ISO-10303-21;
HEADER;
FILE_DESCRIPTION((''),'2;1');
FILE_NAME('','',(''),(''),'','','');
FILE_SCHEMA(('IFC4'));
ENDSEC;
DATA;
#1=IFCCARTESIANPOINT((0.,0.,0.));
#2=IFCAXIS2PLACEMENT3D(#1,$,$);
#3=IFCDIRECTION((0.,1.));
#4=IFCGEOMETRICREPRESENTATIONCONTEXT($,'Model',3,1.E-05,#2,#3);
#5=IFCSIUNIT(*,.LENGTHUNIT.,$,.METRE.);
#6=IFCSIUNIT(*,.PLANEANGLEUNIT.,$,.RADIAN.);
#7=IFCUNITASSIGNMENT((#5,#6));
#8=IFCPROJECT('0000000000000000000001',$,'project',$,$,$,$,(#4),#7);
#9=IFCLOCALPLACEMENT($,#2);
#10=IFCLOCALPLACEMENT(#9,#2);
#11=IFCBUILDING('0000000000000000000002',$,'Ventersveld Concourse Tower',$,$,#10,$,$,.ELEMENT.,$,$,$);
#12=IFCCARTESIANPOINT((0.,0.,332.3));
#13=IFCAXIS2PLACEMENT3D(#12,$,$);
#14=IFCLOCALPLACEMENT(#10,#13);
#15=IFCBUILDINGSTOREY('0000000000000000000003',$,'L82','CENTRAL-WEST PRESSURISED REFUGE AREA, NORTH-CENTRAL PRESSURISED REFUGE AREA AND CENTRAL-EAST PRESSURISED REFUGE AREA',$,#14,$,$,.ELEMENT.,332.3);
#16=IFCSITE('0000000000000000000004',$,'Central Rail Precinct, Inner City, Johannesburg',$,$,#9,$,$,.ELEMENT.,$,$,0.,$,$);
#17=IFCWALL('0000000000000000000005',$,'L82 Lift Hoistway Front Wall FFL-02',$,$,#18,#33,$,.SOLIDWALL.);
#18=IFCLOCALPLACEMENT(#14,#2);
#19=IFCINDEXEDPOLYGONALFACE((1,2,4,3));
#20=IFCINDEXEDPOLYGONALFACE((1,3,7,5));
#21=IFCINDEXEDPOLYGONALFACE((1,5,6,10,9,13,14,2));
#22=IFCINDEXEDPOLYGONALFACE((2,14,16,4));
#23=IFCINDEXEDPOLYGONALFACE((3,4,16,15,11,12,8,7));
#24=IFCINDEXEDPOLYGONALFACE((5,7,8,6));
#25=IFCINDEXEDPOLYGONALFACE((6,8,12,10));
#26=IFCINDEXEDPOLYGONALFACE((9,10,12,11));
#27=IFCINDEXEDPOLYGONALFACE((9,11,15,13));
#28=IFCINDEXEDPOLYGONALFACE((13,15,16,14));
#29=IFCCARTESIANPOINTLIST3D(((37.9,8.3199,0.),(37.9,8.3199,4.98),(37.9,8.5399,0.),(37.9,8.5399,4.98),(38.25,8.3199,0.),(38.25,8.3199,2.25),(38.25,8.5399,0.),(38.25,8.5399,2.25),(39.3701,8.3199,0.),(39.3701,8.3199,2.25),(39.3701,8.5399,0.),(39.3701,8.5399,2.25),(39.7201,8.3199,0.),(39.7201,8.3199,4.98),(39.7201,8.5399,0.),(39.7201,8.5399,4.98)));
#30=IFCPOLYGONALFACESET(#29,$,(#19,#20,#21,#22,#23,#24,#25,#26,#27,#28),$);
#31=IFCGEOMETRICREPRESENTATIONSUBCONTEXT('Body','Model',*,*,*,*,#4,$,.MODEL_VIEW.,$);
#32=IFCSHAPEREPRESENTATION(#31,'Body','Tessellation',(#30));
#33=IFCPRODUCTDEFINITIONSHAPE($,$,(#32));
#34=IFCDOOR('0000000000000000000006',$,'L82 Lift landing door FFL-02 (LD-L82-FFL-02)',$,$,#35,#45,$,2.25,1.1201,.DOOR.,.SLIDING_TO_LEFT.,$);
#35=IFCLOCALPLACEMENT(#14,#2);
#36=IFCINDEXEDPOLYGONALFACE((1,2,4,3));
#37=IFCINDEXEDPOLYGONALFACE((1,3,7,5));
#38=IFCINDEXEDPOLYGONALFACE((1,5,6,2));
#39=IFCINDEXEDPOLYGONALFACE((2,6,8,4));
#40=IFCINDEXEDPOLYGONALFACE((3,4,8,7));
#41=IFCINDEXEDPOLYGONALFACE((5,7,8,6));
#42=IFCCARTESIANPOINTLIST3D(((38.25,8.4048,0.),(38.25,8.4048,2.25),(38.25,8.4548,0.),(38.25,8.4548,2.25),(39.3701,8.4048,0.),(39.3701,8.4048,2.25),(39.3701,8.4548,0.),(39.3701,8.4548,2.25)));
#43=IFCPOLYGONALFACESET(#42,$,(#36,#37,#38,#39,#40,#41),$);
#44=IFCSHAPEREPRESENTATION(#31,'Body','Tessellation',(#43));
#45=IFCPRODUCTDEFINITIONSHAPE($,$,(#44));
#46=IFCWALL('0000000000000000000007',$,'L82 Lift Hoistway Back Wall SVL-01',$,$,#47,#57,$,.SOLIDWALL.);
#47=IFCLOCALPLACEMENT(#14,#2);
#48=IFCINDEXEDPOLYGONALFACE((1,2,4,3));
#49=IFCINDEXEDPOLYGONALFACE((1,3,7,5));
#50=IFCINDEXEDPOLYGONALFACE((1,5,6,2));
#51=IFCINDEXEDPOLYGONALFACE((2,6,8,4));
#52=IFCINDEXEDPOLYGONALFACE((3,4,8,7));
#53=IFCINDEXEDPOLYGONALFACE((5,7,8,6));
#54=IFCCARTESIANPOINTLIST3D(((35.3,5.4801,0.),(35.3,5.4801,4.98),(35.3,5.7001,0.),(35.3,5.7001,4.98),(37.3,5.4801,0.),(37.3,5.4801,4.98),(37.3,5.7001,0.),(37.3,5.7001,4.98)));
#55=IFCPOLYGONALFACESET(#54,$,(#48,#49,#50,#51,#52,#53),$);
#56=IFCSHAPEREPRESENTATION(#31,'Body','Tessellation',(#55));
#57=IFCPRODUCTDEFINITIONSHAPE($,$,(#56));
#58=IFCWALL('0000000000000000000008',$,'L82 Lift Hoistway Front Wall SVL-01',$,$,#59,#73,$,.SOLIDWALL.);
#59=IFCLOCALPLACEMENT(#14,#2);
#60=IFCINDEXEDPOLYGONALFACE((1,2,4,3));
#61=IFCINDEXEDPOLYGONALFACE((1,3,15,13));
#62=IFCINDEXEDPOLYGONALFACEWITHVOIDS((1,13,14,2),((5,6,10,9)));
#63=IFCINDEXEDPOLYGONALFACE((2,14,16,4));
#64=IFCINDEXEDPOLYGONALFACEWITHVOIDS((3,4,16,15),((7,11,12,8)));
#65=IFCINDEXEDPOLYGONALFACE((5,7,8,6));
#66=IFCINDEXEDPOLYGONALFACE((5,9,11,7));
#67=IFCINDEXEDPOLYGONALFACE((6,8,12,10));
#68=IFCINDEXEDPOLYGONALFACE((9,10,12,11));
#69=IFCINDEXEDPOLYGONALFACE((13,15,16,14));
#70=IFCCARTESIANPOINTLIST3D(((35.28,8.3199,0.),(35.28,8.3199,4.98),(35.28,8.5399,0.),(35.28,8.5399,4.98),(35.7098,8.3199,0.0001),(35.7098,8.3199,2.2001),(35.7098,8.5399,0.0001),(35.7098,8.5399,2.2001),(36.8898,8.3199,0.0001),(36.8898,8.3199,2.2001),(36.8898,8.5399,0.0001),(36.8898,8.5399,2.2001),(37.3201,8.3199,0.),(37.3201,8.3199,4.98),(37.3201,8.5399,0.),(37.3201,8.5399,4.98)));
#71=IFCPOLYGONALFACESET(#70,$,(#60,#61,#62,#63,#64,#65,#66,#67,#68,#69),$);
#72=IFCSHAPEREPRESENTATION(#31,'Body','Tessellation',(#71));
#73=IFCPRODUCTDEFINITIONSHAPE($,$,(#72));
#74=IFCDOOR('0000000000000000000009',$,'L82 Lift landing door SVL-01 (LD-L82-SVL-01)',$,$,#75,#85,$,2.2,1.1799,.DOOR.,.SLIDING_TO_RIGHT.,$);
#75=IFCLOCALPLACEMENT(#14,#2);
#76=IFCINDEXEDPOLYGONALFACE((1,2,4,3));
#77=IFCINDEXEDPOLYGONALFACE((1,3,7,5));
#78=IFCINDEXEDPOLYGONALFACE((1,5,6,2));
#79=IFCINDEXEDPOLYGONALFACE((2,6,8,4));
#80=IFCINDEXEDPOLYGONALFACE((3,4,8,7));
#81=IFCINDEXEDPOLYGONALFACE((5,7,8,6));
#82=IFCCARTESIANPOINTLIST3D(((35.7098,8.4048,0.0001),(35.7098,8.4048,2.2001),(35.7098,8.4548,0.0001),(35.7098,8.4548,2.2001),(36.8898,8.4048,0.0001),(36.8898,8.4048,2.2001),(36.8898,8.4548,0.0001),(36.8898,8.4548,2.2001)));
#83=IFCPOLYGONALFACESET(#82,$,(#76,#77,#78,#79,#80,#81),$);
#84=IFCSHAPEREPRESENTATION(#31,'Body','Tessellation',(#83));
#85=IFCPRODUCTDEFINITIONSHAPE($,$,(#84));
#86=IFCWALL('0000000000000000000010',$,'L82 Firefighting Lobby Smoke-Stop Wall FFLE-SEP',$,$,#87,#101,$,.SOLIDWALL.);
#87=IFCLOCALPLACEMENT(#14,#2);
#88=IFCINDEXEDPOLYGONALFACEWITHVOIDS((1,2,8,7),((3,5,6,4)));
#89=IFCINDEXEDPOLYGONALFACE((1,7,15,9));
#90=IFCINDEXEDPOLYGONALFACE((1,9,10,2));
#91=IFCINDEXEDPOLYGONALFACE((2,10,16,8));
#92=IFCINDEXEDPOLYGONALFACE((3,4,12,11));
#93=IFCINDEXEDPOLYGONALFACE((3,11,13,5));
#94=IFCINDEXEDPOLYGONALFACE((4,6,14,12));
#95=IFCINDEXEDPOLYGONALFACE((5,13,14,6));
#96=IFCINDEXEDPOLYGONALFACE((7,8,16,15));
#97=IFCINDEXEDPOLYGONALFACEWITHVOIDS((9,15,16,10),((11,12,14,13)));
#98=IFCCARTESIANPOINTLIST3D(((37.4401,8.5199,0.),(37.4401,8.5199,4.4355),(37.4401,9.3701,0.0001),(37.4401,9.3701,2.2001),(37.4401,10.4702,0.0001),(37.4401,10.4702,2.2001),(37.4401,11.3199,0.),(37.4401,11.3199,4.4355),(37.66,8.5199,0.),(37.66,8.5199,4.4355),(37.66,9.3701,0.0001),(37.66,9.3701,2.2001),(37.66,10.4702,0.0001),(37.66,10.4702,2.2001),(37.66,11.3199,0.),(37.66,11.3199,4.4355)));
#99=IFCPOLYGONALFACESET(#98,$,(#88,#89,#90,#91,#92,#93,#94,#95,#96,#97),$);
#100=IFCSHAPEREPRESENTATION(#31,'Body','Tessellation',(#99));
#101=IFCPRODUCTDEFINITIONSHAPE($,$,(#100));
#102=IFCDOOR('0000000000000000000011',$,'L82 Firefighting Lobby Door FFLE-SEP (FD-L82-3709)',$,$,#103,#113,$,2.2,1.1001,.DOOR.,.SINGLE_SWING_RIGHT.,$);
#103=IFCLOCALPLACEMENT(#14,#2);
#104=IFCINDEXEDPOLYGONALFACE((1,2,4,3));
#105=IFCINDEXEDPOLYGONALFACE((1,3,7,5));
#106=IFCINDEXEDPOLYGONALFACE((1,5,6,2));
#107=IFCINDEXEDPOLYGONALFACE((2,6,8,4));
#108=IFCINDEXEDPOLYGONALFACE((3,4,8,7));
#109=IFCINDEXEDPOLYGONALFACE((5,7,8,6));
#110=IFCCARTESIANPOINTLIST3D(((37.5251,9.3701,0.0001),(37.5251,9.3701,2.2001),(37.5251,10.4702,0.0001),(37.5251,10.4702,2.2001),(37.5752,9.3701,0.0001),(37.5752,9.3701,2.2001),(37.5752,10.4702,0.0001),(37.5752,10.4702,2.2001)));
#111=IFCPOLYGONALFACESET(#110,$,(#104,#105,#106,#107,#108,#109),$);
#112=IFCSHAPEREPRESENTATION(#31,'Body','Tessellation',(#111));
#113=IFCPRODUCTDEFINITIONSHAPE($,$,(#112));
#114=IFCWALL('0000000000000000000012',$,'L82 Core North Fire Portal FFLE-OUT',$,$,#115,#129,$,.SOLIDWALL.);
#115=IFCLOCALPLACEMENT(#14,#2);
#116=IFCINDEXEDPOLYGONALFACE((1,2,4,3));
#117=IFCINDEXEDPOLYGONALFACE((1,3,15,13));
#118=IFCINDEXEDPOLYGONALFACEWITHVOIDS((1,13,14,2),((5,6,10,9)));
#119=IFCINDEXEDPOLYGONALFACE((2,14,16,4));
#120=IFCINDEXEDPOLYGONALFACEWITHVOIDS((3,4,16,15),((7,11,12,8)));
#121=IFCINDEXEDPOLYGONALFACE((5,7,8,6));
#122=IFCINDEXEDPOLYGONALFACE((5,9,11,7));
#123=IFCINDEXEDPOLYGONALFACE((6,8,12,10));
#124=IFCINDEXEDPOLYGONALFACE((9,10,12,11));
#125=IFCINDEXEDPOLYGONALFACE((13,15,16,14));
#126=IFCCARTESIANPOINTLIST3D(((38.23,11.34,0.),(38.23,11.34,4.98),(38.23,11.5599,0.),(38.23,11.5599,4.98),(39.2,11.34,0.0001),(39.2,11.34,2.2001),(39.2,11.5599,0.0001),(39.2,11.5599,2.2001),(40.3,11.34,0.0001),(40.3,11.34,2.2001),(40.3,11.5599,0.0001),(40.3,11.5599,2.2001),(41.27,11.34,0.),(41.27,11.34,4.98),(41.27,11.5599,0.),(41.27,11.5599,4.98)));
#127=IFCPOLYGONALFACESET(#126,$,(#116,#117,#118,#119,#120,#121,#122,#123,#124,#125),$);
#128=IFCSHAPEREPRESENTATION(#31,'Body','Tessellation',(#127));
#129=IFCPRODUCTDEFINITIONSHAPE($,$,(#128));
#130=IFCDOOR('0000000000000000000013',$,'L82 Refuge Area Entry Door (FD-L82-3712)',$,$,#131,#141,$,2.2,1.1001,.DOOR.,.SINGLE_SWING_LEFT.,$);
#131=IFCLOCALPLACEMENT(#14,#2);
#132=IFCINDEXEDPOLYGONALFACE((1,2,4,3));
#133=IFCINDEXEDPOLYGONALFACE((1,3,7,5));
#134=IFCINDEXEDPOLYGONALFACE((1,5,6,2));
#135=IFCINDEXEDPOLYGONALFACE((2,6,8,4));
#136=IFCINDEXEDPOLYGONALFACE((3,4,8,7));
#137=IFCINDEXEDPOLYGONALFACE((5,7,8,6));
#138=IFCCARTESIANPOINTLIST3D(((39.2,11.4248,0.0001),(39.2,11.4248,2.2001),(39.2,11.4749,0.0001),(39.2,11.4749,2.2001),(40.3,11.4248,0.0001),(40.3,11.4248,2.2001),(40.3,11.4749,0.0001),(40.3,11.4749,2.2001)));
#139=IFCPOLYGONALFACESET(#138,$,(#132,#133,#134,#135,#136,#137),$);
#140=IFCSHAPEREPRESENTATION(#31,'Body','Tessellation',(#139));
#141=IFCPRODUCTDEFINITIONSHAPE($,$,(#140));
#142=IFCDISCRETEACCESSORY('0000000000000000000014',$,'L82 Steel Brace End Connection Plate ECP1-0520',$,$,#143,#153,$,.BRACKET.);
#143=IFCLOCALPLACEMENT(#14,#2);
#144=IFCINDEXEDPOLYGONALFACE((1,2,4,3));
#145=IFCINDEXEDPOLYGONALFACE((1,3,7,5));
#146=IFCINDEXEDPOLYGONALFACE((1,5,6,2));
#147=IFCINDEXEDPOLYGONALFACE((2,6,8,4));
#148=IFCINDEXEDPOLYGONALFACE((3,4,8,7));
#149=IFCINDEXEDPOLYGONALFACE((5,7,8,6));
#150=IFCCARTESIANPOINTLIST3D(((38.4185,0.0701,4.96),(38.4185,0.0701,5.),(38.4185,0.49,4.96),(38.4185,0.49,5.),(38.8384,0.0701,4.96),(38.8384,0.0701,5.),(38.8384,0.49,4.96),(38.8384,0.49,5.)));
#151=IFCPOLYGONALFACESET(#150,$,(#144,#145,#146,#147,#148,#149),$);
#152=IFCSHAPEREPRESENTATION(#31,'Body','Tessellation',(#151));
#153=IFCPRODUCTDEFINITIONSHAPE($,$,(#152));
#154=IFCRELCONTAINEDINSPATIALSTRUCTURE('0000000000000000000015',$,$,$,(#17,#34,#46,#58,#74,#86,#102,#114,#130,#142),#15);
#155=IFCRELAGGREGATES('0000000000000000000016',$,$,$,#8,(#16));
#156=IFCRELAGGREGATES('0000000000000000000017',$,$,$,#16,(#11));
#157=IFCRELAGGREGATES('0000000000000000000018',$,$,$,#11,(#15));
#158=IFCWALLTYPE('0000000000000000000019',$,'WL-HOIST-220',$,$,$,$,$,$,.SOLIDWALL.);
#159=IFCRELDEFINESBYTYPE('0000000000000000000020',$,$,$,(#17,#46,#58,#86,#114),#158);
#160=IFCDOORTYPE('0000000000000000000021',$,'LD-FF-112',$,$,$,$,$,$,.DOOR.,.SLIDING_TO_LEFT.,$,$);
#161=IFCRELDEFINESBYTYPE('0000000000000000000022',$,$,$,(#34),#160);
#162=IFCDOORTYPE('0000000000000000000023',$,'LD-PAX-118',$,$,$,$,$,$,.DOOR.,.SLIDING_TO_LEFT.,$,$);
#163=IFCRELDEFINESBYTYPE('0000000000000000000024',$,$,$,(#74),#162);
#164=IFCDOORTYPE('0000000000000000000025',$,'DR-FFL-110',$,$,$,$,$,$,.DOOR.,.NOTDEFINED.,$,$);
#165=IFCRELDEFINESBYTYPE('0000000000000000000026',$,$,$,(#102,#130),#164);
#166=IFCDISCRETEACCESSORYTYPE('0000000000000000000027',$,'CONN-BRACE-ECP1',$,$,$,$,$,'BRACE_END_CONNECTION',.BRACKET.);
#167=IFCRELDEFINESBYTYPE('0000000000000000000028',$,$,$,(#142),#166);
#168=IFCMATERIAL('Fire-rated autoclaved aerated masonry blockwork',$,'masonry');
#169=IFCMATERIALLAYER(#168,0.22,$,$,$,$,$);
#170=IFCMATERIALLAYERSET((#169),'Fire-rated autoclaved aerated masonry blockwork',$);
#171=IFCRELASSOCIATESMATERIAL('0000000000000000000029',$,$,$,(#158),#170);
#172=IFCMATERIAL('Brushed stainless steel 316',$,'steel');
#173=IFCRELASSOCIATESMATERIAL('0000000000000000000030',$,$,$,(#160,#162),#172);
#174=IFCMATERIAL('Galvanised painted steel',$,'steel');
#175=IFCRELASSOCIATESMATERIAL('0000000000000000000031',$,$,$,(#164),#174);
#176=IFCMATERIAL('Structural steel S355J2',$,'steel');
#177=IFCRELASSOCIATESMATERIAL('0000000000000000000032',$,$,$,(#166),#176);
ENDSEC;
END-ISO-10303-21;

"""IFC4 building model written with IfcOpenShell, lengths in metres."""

from ifc_helpers import new_model, si_unit, direction, frame, frame_2d, origin, origin_2d, place, context, subcontext, project, spatial, rectangle, extrude, material, layer, layer_set, type_object, element, fill, save


model = new_model("IFC4")

# Units and contexts
model_context = context("Model", 3, precision=1e-05, world=origin(), true_north=direction((0.0, 1.0)))
body_context = subcontext(model_context, "Body", "Model", "MODEL_VIEW")
ifc_project = project(units=[si_unit("LENGTHUNIT", "METRE"), si_unit("PLANEANGLEUNIT", "RADIAN")], contexts=[model_context])

# Site, building, storey
site_placement = place(None, origin())
site = spatial("IfcSite", under=ifc_project, at=site_placement, Name="Central Rail Precinct, Inner City, Johannesburg", CompositionType="ELEMENT", RefElevation=0.0)
building_placement = place(site_placement, origin())
building = spatial("IfcBuilding", under=site, at=building_placement, Name="Ventersveld Concourse Tower", CompositionType="ELEMENT")
storey_placement = place(building_placement, frame((0.0, 0.0, 332.3)))
storey = spatial("IfcBuildingStorey", under=building, at=storey_placement, Name="L82", Description="CENTRAL-WEST PRESSURISED REFUGE AREA, NORTH-CENTRAL PRESSURISED REFUGE AREA AND CENTRAL-EAST PRESSURISED REFUGE AREA", CompositionType="ELEMENT", Elevation=332.3)

# Shared definitions
ifc_material_1 = material(Name="Structural steel S355J2", Category="steel")

# Shared definitions
ifc_material_2 = material(Name="Fire-rated autoclaved aerated masonry blockwork", Category="masonry")
ifc_layer_1 = layer(ifc_material_2, 0.22)
ifc_layer_set_1 = layer_set([ifc_layer_1], Name="Fire-rated autoclaved aerated masonry blockwork")
wall_type_1 = type_object("IfcWallType", Name="WL-HOIST-220", PredefinedType="SOLIDWALL", material=ifc_layer_set_1)

# Wall, opening, door
wall_1_placement = place(storey_placement, frame((37.8999, 8.4299, 0.0), z_axis=(0.0, 0.0, 1.0), x_axis=(1.0, 0.0, 0.0)))
wall_1 = element("IfcWall", 1, at=wall_1_placement, inside=storey, type_object=wall_type_1, Name="L82 Lift Hoistway Front Wall FFL-02", PredefinedType="SOLIDWALL", context=body_context, shape_type="SweptSolid", body=[
    extrude(rectangle(XDim=1.8201, YDim=0.22, at=frame_2d((0.9102, 0.0))), origin(), (0.0, 0.0, 1.0), 4.98),
])
opening_1_placement = place(wall_1_placement, frame((0.3501, 0.0, 0.0)))
opening_1 = element("IfcOpeningElement", 2, at=opening_1_placement, cuts=wall_1, PredefinedType="OPENING", context=body_context, shape_type="SweptSolid", body=[
    extrude(rectangle(XDim=1.1201, YDim=2.25, at=frame_2d((0.5601, 1.125))), frame((0.0, 0.1201, 0.0), z_axis=(0.0, -1.0, 0.0), x_axis=(1.0, 0.0, 0.0)), (0.0, 0.0, 1.0), 0.24),
])
ifc_material_3 = material(Name="Brushed stainless steel 316", Category="steel")
door_type_1 = type_object("IfcDoorType", Name="LD-FF-112", OperationType="SLIDING_TO_LEFT", PredefinedType="DOOR", material=ifc_material_3)
door_1_placement = place(opening_1_placement, origin())
door_1 = element("IfcDoor", 3, at=door_1_placement, inside=storey, type_object=door_type_1, Name="L82 Lift landing door FFL-02 (LD-L82-FFL-02)", OperationType="SLIDING_TO_LEFT", OverallHeight=2.25, OverallWidth=1.1201, PredefinedType="DOOR", context=body_context, shape_type="SweptSolid", body=[
    extrude(rectangle(XDim=1.1201, YDim=2.25, at=frame_2d((0.5601, 1.125))), frame((0.0, 0.0249, 0.0), z_axis=(0.0, -1.0, 0.0), x_axis=(1.0, 0.0, 0.0)), (0.0, 0.0, 1.0), 0.05),
])
fill(opening_1, door_1)

# Wall
wall_2_placement = place(storey_placement, frame((35.3, 5.5901, 0.0), z_axis=(0.0, 0.0, 1.0), x_axis=(1.0, 0.0, 0.0)))
element("IfcWall", 4, at=wall_2_placement, inside=storey, type_object=wall_type_1, Name="L82 Lift Hoistway Back Wall SVL-01", PredefinedType="SOLIDWALL", context=body_context, shape_type="SweptSolid", body=[
    extrude(rectangle(XDim=2.0, YDim=0.22, at=frame_2d((1.0, 0.0))), origin(), (0.0, 0.0, 1.0), 4.98),
])

# Walls, openings, doors
wall_3_placement = place(storey_placement, frame((35.28, 8.4299, 0.0), z_axis=(0.0, 0.0, 1.0), x_axis=(1.0, 0.0, 0.0)))
wall_3 = element("IfcWall", 5, at=wall_3_placement, inside=storey, type_object=wall_type_1, Name="L82 Lift Hoistway Front Wall SVL-01", PredefinedType="SOLIDWALL", context=body_context, shape_type="SweptSolid", body=[
    extrude(rectangle(XDim=2.04, YDim=0.22, at=frame_2d((1.02, 0.0))), origin(), (0.0, 0.0, 1.0), 4.98),
])
opening_2_placement = place(wall_3_placement, frame((0.4299, 0.0, 0.0)))
opening_2 = element("IfcOpeningElement", 6, at=opening_2_placement, cuts=wall_3, PredefinedType="OPENING", context=body_context, shape_type="SweptSolid", body=[
    extrude(rectangle(XDim=1.1799, YDim=2.2, at=frame_2d((0.5898, 1.1001))), frame((0.0, 0.1201, 0.0), z_axis=(0.0, -1.0, 0.0), x_axis=(1.0, 0.0, 0.0)), (0.0, 0.0, 1.0), 0.24),
])
door_type_2 = type_object("IfcDoorType", Name="LD-PAX-118", OperationType="SLIDING_TO_LEFT", PredefinedType="DOOR", material=ifc_material_3)
door_2_placement = place(opening_2_placement, origin())
door_2 = element("IfcDoor", 7, at=door_2_placement, inside=storey, type_object=door_type_2, Name="L82 Lift landing door SVL-01 (LD-L82-SVL-01)", OperationType="SLIDING_TO_RIGHT", OverallHeight=2.2, OverallWidth=1.1799, PredefinedType="DOOR", context=body_context, shape_type="SweptSolid", body=[
    extrude(rectangle(XDim=1.1799, YDim=2.2, at=frame_2d((0.5898, 1.1001))), frame((0.0, 0.0249, 0.0), z_axis=(0.0, -1.0, 0.0), x_axis=(1.0, 0.0, 0.0)), (0.0, 0.0, 1.0), 0.05),
])
fill(opening_2, door_2)
wall_4_placement = place(storey_placement, frame((37.55, 8.52, 0.0), z_axis=(0.0, 0.0, 1.0), x_axis=(0.0, 1.0, 0.0)))
wall_4 = element("IfcWall", 8, at=wall_4_placement, inside=storey, type_object=wall_type_1, Name="L82 Firefighting Lobby Smoke-Stop Wall FFLE-SEP", PredefinedType="SOLIDWALL", context=body_context, shape_type="SweptSolid", body=[
    extrude(rectangle(XDim=2.8, YDim=0.22, at=frame_2d((1.3999, 0.0))), origin(), (0.0, 0.0, 1.0), 4.4355),
])
opening_3_placement = place(wall_4_placement, frame((0.8501, 0.0, 0.0)))
opening_3 = element("IfcOpeningElement", 9, at=opening_3_placement, cuts=wall_4, PredefinedType="OPENING", context=body_context, shape_type="SweptSolid", body=[
    extrude(rectangle(XDim=1.1001, YDim=2.2, at=frame_2d((0.55, 1.1001))), frame((0.0, 0.1201, 0.0), z_axis=(0.0, -1.0, 0.0), x_axis=(1.0, 0.0, 0.0)), (0.0, 0.0, 1.0), 0.24),
])
ifc_material_4 = material(Name="Galvanised painted steel", Category="steel")
door_type_3 = type_object("IfcDoorType", Name="DR-FFL-110", OperationType="NOTDEFINED", PredefinedType="DOOR", material=ifc_material_4)
door_3_placement = place(opening_3_placement, origin())
door_3 = element("IfcDoor", 10, at=door_3_placement, inside=storey, type_object=door_type_3, Name="L82 Firefighting Lobby Door FFLE-SEP (FD-L82-3709)", OperationType="SINGLE_SWING_RIGHT", OverallHeight=2.2, OverallWidth=1.1001, PredefinedType="DOOR", context=body_context, shape_type="SweptSolid", body=[
    extrude(rectangle(XDim=1.1001, YDim=2.2, at=frame_2d((0.55, 1.1001))), frame((0.0, 0.0249, 0.0), z_axis=(0.0, -1.0, 0.0), x_axis=(1.0, 0.0, 0.0)), (0.0, 0.0, 1.0), 0.05),
])
fill(opening_3, door_3)
wall_5_placement = place(storey_placement, frame((38.23, 11.45, 0.0), z_axis=(0.0, 0.0, 1.0), x_axis=(1.0, 0.0, 0.0)))
wall_5 = element("IfcWall", 11, at=wall_5_placement, inside=storey, type_object=wall_type_1, Name="L82 Core North Fire Portal FFLE-OUT", PredefinedType="SOLIDWALL", context=body_context, shape_type="SweptSolid", body=[
    extrude(rectangle(XDim=3.04, YDim=0.22, at=frame_2d((1.52, 0.0))), origin(), (0.0, 0.0, 1.0), 4.98),
])
opening_4_placement = place(wall_5_placement, frame((0.97, 0.0, 0.0)))
opening_4 = element("IfcOpeningElement", 12, at=opening_4_placement, cuts=wall_5, PredefinedType="OPENING", context=body_context, shape_type="SweptSolid", body=[
    extrude(rectangle(XDim=1.1001, YDim=2.2, at=frame_2d((0.55, 1.1001))), frame((0.0, 0.1201, 0.0), z_axis=(0.0, -1.0, 0.0), x_axis=(1.0, 0.0, 0.0)), (0.0, 0.0, 1.0), 0.24),
])
door_4_placement = place(opening_4_placement, origin())
door_4 = element("IfcDoor", 13, at=door_4_placement, inside=storey, type_object=door_type_3, Name="L82 Refuge Area Entry Door (FD-L82-3712)", OperationType="SINGLE_SWING_LEFT", OverallHeight=2.2, OverallWidth=1.1001, PredefinedType="DOOR", context=body_context, shape_type="SweptSolid", body=[
    extrude(rectangle(XDim=1.1001, YDim=2.2, at=frame_2d((0.55, 1.1001))), frame((0.0, 0.0249, 0.0), z_axis=(0.0, -1.0, 0.0), x_axis=(1.0, 0.0, 0.0)), (0.0, 0.0, 1.0), 0.05),
])
fill(opening_4, door_4)

# Discrete accessory
discrete_accessory_type = type_object("IfcDiscreteAccessoryType", Name="CONN-BRACE-ECP1", ElementType="BRACE_END_CONNECTION", PredefinedType="BRACKET", material=ifc_material_1)
discrete_accessory_placement = place(storey_placement, frame((38.6284, 0.28, 4.96), z_axis=(0.0, 0.0, 1.0), x_axis=(1.0, 0.0, 0.0)))
element("IfcDiscreteAccessory", 14, at=discrete_accessory_placement, inside=storey, type_object=discrete_accessory_type, Name="L82 Steel Brace End Connection Plate ECP1-0520", PredefinedType="BRACKET", context=body_context, shape_type="SweptSolid", body=[
    extrude(rectangle(XDim=0.4199, YDim=0.4199, at=origin_2d()), origin(), (0.0, 0.0, 1.0), 0.04),
])

save(model, "model.ifc")
